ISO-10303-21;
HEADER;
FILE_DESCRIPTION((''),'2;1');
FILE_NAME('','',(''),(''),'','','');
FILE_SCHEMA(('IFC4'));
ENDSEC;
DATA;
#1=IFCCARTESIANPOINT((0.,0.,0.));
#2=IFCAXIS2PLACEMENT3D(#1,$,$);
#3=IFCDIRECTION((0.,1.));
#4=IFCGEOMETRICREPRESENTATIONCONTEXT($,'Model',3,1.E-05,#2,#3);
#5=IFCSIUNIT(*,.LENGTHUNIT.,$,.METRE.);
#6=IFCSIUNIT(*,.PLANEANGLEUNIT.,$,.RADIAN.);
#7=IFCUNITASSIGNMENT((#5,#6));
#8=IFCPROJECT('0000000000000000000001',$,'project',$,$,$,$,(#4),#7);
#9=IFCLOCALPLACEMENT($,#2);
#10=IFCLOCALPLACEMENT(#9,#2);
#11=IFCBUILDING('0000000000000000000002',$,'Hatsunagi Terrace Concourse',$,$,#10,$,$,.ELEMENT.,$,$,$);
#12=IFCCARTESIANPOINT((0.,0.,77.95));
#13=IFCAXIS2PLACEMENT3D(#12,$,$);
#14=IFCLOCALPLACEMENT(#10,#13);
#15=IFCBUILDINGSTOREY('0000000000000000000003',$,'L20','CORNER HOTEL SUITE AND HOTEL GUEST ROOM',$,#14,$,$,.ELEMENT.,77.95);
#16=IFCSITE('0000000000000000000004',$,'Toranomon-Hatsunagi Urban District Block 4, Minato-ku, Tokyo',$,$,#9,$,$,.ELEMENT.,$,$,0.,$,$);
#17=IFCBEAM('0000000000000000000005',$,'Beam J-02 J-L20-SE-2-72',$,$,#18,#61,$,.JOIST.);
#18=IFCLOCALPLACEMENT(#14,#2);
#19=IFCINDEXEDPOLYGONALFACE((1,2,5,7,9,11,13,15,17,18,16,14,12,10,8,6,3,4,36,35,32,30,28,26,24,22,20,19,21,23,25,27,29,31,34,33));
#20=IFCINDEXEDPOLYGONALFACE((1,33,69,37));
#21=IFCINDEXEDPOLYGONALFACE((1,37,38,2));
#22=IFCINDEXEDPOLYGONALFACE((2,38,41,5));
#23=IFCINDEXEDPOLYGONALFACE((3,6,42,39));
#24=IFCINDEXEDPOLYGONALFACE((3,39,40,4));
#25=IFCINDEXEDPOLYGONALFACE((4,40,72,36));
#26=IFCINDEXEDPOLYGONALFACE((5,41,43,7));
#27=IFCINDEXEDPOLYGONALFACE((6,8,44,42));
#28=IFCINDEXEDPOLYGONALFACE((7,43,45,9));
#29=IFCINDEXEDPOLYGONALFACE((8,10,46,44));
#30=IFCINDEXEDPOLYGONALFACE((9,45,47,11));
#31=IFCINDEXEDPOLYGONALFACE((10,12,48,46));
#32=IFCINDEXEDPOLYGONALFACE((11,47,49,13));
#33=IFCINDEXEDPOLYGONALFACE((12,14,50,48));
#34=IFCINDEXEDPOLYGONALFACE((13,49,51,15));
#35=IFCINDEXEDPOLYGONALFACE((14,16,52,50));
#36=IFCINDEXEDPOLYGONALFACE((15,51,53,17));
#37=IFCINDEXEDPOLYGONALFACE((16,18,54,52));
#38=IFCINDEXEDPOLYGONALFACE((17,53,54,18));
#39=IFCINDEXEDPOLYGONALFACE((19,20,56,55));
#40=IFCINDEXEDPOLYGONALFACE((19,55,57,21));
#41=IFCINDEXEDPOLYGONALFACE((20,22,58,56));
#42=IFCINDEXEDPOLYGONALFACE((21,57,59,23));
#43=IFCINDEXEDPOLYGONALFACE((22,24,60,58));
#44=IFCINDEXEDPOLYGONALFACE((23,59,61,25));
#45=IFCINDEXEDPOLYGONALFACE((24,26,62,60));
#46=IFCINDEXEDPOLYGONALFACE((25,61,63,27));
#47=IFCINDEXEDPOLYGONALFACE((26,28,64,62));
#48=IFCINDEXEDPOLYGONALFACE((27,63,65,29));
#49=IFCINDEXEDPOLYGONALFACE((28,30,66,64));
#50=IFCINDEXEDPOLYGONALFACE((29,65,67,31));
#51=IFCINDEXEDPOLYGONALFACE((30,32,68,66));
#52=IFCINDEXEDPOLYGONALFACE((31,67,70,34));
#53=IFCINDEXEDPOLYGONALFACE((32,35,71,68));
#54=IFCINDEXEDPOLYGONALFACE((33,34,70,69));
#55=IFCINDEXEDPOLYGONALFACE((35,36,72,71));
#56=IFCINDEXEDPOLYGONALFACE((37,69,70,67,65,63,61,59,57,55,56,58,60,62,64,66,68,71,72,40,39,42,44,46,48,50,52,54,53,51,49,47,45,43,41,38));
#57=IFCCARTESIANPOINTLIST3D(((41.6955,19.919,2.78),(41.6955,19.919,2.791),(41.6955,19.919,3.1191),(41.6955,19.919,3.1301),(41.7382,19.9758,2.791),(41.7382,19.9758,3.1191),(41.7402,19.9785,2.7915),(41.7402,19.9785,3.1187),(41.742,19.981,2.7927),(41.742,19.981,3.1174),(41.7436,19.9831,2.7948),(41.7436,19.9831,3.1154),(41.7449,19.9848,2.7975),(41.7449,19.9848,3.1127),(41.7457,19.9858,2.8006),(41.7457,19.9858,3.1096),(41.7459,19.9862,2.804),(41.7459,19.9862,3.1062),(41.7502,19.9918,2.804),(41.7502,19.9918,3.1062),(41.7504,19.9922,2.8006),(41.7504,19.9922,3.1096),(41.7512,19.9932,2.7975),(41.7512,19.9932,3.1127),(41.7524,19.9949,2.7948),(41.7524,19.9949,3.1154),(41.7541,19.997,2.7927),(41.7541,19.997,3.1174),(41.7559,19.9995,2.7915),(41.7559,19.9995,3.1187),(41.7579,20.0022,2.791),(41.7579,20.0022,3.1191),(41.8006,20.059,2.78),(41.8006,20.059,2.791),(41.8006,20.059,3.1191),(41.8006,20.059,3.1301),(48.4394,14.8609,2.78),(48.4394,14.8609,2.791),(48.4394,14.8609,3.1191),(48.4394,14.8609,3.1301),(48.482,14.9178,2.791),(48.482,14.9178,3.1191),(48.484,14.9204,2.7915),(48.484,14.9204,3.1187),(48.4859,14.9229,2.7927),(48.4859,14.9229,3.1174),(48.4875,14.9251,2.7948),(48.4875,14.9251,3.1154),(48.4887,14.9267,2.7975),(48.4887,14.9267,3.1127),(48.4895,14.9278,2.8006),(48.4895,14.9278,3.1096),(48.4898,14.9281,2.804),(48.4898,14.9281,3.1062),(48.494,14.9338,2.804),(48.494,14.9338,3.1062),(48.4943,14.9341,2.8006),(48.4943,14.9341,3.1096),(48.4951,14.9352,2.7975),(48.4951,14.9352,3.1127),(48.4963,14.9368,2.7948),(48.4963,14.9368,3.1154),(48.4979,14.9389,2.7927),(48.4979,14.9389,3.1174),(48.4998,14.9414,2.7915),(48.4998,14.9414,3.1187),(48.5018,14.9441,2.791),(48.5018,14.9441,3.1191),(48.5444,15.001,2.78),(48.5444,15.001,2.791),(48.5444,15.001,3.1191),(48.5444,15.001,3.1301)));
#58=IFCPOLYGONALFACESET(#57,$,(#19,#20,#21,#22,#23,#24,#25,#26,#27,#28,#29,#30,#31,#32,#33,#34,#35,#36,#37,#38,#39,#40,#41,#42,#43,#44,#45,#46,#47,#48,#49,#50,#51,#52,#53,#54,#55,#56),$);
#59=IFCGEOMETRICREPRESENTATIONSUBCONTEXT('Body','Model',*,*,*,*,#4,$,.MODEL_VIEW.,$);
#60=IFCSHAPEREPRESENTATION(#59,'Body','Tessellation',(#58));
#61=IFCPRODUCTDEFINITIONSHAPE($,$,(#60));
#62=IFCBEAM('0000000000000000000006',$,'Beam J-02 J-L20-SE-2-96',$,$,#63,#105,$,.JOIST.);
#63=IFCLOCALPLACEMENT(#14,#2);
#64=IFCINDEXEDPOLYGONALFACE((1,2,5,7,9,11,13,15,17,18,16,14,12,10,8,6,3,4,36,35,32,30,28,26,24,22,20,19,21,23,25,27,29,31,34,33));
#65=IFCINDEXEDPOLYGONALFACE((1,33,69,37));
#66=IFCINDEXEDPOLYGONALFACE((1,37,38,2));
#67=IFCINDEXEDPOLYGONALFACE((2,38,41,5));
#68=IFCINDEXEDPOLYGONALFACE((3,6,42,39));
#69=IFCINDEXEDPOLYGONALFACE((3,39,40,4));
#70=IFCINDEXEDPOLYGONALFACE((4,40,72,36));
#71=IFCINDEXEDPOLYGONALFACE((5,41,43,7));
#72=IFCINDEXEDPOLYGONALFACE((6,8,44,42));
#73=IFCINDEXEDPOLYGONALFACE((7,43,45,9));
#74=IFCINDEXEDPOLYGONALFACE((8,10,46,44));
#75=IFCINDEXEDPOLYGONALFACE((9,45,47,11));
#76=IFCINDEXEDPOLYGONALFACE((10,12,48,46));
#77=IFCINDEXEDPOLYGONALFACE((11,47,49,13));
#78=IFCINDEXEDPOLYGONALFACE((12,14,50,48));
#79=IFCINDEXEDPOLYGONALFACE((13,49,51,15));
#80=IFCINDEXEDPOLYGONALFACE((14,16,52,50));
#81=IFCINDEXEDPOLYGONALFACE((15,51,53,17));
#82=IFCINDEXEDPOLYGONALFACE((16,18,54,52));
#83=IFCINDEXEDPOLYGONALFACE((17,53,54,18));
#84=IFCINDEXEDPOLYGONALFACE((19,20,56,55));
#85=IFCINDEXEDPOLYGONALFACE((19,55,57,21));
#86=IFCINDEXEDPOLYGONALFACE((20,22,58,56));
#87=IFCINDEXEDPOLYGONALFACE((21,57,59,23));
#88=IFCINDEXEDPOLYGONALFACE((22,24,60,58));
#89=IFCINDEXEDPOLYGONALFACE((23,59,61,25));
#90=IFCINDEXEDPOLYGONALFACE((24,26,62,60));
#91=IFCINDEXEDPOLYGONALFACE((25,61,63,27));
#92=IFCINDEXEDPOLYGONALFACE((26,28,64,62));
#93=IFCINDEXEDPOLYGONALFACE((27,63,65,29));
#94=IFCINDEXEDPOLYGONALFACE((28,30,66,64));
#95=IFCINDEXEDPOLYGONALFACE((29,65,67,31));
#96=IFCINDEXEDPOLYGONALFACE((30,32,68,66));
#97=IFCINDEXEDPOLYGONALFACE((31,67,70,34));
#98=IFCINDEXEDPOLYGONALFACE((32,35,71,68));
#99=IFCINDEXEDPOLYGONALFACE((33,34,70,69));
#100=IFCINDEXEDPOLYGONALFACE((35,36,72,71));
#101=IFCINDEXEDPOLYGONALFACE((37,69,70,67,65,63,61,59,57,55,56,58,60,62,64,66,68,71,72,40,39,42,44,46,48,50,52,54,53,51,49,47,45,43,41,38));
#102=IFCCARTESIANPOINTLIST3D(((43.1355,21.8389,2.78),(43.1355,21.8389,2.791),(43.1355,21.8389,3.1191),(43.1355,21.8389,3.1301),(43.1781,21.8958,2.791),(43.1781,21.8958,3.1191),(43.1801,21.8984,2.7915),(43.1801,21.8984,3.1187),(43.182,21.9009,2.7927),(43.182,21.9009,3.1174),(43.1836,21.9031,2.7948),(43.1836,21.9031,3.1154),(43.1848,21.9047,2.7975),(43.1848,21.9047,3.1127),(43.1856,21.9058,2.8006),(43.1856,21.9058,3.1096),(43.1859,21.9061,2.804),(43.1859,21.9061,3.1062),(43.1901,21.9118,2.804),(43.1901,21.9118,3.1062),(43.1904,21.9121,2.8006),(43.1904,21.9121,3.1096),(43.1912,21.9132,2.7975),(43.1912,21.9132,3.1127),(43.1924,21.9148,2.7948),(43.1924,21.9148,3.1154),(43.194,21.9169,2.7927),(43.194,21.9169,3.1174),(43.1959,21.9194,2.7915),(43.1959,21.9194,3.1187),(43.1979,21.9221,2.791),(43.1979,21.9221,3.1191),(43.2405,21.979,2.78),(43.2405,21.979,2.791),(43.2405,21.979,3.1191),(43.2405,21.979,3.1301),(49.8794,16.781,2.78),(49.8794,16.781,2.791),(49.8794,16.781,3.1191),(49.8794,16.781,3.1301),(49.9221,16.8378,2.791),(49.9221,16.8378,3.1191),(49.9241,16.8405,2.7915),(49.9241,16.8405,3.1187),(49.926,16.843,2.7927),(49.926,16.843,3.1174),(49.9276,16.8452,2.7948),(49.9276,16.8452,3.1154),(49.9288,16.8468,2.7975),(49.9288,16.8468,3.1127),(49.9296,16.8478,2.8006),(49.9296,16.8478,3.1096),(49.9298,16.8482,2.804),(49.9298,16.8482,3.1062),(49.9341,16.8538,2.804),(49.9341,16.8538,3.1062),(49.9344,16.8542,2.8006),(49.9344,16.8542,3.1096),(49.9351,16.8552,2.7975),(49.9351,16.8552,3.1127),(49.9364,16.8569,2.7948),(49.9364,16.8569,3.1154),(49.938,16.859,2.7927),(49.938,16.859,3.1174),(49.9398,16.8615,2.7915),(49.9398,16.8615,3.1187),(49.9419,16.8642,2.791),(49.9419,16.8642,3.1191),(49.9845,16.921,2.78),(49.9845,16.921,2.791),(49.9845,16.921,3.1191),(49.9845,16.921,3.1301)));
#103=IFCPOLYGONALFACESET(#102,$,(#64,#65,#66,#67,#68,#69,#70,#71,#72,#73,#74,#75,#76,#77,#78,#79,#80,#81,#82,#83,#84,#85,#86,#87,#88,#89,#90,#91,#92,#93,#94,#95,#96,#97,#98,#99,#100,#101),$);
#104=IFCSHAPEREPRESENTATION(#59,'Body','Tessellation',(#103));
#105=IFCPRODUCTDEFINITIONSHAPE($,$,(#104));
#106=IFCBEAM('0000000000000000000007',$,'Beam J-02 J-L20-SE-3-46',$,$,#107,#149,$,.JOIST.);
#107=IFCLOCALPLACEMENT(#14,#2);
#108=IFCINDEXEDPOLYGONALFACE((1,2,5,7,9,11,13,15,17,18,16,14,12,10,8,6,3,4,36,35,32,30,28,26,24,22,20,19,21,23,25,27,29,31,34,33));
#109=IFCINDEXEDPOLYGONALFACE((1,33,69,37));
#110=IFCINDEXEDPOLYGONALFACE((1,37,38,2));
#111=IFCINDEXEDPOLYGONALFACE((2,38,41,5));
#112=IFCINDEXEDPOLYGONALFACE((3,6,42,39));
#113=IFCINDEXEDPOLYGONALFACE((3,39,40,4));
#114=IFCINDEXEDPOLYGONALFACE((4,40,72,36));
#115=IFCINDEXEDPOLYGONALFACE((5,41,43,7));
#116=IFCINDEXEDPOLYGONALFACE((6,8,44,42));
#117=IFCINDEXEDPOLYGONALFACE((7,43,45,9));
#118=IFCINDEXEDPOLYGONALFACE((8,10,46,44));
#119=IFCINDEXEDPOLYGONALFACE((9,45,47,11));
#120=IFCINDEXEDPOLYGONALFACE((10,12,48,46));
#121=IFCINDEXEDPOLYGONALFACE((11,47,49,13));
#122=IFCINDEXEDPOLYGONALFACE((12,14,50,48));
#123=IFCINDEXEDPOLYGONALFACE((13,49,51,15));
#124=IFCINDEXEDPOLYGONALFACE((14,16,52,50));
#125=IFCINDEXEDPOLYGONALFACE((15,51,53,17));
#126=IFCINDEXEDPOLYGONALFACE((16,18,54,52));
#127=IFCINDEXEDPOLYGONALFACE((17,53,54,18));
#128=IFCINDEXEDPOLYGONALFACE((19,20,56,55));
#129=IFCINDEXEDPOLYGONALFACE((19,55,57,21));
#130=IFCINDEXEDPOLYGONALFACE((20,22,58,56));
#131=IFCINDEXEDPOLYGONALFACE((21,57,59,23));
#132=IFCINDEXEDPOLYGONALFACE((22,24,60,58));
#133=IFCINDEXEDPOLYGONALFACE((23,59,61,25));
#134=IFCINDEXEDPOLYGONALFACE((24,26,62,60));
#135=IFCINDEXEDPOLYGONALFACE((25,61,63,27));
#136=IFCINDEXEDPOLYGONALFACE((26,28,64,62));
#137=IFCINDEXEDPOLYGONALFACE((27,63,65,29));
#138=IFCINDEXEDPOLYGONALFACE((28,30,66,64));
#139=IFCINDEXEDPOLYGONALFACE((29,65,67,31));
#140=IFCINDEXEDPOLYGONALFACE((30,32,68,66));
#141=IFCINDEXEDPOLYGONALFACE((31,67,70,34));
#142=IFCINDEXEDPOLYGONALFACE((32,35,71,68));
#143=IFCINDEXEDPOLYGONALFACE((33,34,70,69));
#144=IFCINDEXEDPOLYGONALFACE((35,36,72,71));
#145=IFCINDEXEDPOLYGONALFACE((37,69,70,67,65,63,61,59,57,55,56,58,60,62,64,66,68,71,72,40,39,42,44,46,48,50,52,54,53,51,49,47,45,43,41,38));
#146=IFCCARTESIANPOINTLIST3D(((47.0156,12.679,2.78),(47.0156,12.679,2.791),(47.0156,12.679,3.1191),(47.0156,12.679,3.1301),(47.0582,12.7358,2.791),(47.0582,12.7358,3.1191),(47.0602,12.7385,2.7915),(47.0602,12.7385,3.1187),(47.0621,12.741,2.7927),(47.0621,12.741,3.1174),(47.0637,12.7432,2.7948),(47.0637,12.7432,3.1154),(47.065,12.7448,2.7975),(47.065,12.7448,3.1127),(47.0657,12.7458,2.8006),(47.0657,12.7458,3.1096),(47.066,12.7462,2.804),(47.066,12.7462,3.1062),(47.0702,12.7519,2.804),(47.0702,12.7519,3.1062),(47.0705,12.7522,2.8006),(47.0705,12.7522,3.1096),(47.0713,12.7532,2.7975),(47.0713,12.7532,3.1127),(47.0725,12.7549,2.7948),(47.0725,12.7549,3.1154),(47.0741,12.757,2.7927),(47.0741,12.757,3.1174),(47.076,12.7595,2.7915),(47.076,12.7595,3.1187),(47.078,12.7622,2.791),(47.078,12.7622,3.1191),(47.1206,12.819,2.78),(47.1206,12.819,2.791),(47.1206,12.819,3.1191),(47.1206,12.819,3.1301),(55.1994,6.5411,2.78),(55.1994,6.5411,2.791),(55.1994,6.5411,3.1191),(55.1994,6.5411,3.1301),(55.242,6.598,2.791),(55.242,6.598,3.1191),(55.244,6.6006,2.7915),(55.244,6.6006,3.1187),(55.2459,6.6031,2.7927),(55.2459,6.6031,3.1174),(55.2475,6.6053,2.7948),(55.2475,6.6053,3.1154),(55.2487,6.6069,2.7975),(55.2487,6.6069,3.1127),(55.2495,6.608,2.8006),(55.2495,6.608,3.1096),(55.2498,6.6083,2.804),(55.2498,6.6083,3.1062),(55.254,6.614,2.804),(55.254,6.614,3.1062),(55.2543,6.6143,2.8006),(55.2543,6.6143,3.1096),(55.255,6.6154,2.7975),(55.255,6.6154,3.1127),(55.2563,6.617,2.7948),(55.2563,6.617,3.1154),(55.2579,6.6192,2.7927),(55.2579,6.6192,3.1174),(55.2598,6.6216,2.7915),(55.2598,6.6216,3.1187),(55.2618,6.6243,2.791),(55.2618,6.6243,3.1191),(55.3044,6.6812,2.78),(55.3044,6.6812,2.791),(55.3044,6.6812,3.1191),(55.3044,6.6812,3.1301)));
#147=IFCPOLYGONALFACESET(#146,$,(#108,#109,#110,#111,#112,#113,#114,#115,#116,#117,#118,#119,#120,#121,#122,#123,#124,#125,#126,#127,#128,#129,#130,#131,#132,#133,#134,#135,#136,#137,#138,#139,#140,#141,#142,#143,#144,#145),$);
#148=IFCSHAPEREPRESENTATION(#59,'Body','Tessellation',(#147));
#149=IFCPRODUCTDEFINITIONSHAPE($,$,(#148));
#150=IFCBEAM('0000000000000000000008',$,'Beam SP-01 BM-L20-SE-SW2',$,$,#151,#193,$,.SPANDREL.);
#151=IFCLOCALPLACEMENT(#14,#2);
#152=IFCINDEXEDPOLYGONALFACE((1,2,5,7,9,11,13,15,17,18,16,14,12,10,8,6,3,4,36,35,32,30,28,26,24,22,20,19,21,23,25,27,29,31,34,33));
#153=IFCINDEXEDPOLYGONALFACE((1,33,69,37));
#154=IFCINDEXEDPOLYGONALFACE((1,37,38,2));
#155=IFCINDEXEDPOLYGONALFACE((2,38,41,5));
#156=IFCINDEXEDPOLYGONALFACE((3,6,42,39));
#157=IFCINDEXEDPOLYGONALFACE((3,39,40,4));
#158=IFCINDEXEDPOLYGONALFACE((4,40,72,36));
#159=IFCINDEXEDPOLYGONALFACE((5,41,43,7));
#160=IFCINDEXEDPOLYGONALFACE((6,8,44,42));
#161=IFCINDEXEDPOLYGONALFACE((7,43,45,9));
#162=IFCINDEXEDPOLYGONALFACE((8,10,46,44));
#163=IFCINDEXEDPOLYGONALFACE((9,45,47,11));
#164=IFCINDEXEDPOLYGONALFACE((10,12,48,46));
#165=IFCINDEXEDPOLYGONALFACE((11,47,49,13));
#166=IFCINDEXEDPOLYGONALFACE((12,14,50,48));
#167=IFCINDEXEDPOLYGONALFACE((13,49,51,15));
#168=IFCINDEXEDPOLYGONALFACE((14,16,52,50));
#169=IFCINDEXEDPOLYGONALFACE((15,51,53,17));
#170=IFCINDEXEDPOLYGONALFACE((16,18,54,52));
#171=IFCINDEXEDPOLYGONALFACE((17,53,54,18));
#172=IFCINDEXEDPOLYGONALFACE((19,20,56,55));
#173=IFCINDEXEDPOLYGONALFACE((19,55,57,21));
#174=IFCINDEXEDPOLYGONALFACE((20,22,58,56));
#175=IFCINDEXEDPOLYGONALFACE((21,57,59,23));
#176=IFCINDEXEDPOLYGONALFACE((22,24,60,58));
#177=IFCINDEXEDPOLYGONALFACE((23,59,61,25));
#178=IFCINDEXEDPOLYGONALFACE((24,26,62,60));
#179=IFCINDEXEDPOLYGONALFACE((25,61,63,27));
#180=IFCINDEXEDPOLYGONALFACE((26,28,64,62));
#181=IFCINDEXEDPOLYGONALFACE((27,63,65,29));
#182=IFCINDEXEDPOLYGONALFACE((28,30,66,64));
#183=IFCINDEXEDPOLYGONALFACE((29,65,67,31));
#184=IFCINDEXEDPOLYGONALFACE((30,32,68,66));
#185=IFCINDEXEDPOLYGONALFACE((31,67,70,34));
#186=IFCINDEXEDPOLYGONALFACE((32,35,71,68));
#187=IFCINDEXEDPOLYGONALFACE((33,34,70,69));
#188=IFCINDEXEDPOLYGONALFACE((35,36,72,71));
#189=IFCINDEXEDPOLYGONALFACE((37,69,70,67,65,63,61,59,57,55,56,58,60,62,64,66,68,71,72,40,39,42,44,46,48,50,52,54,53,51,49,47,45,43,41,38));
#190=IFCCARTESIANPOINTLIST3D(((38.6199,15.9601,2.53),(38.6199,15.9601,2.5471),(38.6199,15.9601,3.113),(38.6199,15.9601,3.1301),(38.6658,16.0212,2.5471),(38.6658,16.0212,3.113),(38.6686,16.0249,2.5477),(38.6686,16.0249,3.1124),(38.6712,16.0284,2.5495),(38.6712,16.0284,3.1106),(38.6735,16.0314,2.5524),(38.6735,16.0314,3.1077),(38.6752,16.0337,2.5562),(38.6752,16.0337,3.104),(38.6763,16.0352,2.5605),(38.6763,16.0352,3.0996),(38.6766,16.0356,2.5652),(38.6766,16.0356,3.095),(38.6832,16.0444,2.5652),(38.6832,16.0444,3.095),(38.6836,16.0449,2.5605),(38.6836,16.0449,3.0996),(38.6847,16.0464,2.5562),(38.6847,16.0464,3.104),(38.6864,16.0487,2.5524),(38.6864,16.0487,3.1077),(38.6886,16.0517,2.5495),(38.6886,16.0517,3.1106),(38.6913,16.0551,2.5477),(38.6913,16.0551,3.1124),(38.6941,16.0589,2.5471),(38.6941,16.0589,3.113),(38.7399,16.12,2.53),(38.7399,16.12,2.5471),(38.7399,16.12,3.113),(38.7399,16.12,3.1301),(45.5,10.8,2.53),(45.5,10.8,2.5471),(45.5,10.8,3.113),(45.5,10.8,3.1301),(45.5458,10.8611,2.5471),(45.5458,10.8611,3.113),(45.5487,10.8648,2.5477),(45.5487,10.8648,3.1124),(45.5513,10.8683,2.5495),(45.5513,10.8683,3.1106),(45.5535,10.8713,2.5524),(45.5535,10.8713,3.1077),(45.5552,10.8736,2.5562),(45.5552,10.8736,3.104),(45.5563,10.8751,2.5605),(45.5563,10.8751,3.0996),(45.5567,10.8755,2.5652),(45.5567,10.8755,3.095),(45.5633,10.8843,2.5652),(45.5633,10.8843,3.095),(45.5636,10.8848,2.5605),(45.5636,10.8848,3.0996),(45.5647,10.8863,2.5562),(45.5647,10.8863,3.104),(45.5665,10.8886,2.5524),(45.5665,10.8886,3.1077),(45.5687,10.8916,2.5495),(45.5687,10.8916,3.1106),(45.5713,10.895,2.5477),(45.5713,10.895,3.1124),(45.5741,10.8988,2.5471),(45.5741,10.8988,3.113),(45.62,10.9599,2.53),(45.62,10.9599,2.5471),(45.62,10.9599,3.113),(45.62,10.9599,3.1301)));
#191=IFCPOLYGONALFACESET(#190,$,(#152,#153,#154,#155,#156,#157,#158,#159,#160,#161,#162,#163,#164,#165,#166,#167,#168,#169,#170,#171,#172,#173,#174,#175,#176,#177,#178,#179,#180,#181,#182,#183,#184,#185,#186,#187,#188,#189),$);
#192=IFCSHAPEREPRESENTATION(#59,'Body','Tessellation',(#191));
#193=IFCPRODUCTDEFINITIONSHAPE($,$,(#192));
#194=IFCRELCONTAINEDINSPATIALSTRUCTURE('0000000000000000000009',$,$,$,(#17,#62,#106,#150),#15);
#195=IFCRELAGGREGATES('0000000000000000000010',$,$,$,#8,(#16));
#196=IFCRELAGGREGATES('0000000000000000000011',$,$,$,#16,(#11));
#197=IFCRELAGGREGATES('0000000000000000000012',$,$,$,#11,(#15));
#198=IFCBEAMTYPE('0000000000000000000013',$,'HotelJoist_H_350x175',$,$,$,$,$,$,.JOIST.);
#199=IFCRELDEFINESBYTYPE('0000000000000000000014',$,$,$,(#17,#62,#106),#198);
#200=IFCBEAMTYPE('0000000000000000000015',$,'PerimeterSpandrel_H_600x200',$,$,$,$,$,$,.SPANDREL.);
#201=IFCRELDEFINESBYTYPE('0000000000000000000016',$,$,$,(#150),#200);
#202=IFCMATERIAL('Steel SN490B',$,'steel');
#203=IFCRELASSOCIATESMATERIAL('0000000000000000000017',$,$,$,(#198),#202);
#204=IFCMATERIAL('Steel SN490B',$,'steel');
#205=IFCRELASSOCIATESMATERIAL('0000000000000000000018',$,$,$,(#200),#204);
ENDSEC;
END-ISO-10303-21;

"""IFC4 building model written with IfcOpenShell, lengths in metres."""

from ifc_helpers import new_model, si_unit, direction, frame, origin, origin_2d, place, context, subcontext, project, spatial, i_section, extrude, material, material_profile, profile_set, type_object, element, save


model = new_model("IFC4")

# Units and contexts
model_context = context("Model", 3, precision=1e-05, world=origin(), true_north=direction((0.0, 1.0)))
body_context = subcontext(model_context, "Body", "Model", "MODEL_VIEW")
ifc_project = project(units=[si_unit("LENGTHUNIT", "METRE"), si_unit("PLANEANGLEUNIT", "RADIAN")], contexts=[model_context])

# Site, building, storey
site_placement = place(None, origin())
site = spatial("IfcSite", under=ifc_project, at=site_placement, Name="Toranomon-Hatsunagi Urban District Block 4, Minato-ku, Tokyo", CompositionType="ELEMENT", RefElevation=0.0)
building_placement = place(site_placement, origin())
building = spatial("IfcBuilding", under=site, at=building_placement, Name="Hatsunagi Terrace Concourse", CompositionType="ELEMENT")
storey_placement = place(building_placement, frame((0.0, 0.0, 77.95)))
storey = spatial("IfcBuildingStorey", under=building, at=storey_placement, Name="L20", Description="CORNER HOTEL SUITE AND HOTEL GUEST ROOM", CompositionType="ELEMENT", Elevation=77.95)

# Beams
ifc_material_1 = material(Name="Steel SN490B", Category="steel")
ifc_material_profile_1 = material_profile(ifc_material_1, i_section(OverallWidth=0.175, OverallDepth=0.3501, WebThickness=0.0071, FlangeThickness=0.011, FilletRadius=0.0129, at=origin_2d()), Name="H-350x175x7x11")
ifc_profile_set_1 = profile_set([ifc_material_profile_1], Name="Steel SN490B")
beam_type_1 = type_object("IfcBeamType", Name="HotelJoist_H_350x175", PredefinedType="JOIST", material=ifc_profile_set_1)
for number, where, z_axis, x_axis, name in (
    (1, (41.748, 19.989, 2.9551), (0.79999, -0.600014, 0.0), (0.600014, 0.79999, 0.0), "Beam J-02 J-L20-SE-2-72"),
    (2, (43.188, 21.9089, 2.9551), (0.800003, -0.599995, 0.0), (0.599995, 0.800003, 0.0), "Beam J-02 J-L20-SE-2-96"),
):
    element("IfcBeam", number, at=place(storey_placement, frame(where, z_axis=z_axis, x_axis=x_axis)), inside=storey, type_object=beam_type_1, Name=name, PredefinedType="JOIST", context=body_context, shape_type="SweptSolid", body=[
        extrude(i_section(OverallWidth=0.175, OverallDepth=0.3501, WebThickness=0.0071, FlangeThickness=0.011, FilletRadius=0.0129, at=origin_2d()), origin(), (0.0, 0.0, 1.0), 8.4299),
    ])
beam_1_placement = place(storey_placement, frame((47.0681, 12.749, 2.9551), z_axis=(0.799997, -0.600004, 0.0), x_axis=(0.600004, 0.799997, 0.0)))
element("IfcBeam", 3, at=beam_1_placement, inside=storey, type_object=beam_type_1, Name="Beam J-02 J-L20-SE-3-46", PredefinedType="JOIST", context=body_context, shape_type="SweptSolid", body=[
    extrude(i_section(OverallWidth=0.175, OverallDepth=0.3501, WebThickness=0.0071, FlangeThickness=0.011, FilletRadius=0.0129, at=origin_2d()), origin(), (0.0, 0.0, 1.0), 10.2297),
])
ifc_material_2 = material(Name="Steel SN490B", Category="steel")
ifc_material_profile_2 = material_profile(ifc_material_2, i_section(OverallWidth=0.2, OverallDepth=0.6001, WebThickness=0.011, FlangeThickness=0.0171, FilletRadius=0.0181, at=origin_2d()), Name="H-600x200x11x17")
ifc_profile_set_2 = profile_set([ifc_material_profile_2], Name="Steel SN490B")
beam_type_2 = type_object("IfcBeamType", Name="PerimeterSpandrel_H_600x200", PredefinedType="SPANDREL", material=ifc_profile_set_2)
beam_2_placement = place(storey_placement, frame((38.6799, 16.04, 2.8301), z_axis=(0.799997, -0.600005, 0.0), x_axis=(0.600005, 0.799997, 0.0)))
element("IfcBeam", 4, at=beam_2_placement, inside=storey, type_object=beam_type_2, Name="Beam SP-01 BM-L20-SE-SW2", PredefinedType="SPANDREL", context=body_context, shape_type="SweptSolid", body=[
    extrude(i_section(OverallWidth=0.2, OverallDepth=0.6001, WebThickness=0.011, FlangeThickness=0.0171, FilletRadius=0.0181, at=origin_2d()), origin(), (0.0, 0.0, 1.0), 8.6001),
])

save(model, "model.ifc")
